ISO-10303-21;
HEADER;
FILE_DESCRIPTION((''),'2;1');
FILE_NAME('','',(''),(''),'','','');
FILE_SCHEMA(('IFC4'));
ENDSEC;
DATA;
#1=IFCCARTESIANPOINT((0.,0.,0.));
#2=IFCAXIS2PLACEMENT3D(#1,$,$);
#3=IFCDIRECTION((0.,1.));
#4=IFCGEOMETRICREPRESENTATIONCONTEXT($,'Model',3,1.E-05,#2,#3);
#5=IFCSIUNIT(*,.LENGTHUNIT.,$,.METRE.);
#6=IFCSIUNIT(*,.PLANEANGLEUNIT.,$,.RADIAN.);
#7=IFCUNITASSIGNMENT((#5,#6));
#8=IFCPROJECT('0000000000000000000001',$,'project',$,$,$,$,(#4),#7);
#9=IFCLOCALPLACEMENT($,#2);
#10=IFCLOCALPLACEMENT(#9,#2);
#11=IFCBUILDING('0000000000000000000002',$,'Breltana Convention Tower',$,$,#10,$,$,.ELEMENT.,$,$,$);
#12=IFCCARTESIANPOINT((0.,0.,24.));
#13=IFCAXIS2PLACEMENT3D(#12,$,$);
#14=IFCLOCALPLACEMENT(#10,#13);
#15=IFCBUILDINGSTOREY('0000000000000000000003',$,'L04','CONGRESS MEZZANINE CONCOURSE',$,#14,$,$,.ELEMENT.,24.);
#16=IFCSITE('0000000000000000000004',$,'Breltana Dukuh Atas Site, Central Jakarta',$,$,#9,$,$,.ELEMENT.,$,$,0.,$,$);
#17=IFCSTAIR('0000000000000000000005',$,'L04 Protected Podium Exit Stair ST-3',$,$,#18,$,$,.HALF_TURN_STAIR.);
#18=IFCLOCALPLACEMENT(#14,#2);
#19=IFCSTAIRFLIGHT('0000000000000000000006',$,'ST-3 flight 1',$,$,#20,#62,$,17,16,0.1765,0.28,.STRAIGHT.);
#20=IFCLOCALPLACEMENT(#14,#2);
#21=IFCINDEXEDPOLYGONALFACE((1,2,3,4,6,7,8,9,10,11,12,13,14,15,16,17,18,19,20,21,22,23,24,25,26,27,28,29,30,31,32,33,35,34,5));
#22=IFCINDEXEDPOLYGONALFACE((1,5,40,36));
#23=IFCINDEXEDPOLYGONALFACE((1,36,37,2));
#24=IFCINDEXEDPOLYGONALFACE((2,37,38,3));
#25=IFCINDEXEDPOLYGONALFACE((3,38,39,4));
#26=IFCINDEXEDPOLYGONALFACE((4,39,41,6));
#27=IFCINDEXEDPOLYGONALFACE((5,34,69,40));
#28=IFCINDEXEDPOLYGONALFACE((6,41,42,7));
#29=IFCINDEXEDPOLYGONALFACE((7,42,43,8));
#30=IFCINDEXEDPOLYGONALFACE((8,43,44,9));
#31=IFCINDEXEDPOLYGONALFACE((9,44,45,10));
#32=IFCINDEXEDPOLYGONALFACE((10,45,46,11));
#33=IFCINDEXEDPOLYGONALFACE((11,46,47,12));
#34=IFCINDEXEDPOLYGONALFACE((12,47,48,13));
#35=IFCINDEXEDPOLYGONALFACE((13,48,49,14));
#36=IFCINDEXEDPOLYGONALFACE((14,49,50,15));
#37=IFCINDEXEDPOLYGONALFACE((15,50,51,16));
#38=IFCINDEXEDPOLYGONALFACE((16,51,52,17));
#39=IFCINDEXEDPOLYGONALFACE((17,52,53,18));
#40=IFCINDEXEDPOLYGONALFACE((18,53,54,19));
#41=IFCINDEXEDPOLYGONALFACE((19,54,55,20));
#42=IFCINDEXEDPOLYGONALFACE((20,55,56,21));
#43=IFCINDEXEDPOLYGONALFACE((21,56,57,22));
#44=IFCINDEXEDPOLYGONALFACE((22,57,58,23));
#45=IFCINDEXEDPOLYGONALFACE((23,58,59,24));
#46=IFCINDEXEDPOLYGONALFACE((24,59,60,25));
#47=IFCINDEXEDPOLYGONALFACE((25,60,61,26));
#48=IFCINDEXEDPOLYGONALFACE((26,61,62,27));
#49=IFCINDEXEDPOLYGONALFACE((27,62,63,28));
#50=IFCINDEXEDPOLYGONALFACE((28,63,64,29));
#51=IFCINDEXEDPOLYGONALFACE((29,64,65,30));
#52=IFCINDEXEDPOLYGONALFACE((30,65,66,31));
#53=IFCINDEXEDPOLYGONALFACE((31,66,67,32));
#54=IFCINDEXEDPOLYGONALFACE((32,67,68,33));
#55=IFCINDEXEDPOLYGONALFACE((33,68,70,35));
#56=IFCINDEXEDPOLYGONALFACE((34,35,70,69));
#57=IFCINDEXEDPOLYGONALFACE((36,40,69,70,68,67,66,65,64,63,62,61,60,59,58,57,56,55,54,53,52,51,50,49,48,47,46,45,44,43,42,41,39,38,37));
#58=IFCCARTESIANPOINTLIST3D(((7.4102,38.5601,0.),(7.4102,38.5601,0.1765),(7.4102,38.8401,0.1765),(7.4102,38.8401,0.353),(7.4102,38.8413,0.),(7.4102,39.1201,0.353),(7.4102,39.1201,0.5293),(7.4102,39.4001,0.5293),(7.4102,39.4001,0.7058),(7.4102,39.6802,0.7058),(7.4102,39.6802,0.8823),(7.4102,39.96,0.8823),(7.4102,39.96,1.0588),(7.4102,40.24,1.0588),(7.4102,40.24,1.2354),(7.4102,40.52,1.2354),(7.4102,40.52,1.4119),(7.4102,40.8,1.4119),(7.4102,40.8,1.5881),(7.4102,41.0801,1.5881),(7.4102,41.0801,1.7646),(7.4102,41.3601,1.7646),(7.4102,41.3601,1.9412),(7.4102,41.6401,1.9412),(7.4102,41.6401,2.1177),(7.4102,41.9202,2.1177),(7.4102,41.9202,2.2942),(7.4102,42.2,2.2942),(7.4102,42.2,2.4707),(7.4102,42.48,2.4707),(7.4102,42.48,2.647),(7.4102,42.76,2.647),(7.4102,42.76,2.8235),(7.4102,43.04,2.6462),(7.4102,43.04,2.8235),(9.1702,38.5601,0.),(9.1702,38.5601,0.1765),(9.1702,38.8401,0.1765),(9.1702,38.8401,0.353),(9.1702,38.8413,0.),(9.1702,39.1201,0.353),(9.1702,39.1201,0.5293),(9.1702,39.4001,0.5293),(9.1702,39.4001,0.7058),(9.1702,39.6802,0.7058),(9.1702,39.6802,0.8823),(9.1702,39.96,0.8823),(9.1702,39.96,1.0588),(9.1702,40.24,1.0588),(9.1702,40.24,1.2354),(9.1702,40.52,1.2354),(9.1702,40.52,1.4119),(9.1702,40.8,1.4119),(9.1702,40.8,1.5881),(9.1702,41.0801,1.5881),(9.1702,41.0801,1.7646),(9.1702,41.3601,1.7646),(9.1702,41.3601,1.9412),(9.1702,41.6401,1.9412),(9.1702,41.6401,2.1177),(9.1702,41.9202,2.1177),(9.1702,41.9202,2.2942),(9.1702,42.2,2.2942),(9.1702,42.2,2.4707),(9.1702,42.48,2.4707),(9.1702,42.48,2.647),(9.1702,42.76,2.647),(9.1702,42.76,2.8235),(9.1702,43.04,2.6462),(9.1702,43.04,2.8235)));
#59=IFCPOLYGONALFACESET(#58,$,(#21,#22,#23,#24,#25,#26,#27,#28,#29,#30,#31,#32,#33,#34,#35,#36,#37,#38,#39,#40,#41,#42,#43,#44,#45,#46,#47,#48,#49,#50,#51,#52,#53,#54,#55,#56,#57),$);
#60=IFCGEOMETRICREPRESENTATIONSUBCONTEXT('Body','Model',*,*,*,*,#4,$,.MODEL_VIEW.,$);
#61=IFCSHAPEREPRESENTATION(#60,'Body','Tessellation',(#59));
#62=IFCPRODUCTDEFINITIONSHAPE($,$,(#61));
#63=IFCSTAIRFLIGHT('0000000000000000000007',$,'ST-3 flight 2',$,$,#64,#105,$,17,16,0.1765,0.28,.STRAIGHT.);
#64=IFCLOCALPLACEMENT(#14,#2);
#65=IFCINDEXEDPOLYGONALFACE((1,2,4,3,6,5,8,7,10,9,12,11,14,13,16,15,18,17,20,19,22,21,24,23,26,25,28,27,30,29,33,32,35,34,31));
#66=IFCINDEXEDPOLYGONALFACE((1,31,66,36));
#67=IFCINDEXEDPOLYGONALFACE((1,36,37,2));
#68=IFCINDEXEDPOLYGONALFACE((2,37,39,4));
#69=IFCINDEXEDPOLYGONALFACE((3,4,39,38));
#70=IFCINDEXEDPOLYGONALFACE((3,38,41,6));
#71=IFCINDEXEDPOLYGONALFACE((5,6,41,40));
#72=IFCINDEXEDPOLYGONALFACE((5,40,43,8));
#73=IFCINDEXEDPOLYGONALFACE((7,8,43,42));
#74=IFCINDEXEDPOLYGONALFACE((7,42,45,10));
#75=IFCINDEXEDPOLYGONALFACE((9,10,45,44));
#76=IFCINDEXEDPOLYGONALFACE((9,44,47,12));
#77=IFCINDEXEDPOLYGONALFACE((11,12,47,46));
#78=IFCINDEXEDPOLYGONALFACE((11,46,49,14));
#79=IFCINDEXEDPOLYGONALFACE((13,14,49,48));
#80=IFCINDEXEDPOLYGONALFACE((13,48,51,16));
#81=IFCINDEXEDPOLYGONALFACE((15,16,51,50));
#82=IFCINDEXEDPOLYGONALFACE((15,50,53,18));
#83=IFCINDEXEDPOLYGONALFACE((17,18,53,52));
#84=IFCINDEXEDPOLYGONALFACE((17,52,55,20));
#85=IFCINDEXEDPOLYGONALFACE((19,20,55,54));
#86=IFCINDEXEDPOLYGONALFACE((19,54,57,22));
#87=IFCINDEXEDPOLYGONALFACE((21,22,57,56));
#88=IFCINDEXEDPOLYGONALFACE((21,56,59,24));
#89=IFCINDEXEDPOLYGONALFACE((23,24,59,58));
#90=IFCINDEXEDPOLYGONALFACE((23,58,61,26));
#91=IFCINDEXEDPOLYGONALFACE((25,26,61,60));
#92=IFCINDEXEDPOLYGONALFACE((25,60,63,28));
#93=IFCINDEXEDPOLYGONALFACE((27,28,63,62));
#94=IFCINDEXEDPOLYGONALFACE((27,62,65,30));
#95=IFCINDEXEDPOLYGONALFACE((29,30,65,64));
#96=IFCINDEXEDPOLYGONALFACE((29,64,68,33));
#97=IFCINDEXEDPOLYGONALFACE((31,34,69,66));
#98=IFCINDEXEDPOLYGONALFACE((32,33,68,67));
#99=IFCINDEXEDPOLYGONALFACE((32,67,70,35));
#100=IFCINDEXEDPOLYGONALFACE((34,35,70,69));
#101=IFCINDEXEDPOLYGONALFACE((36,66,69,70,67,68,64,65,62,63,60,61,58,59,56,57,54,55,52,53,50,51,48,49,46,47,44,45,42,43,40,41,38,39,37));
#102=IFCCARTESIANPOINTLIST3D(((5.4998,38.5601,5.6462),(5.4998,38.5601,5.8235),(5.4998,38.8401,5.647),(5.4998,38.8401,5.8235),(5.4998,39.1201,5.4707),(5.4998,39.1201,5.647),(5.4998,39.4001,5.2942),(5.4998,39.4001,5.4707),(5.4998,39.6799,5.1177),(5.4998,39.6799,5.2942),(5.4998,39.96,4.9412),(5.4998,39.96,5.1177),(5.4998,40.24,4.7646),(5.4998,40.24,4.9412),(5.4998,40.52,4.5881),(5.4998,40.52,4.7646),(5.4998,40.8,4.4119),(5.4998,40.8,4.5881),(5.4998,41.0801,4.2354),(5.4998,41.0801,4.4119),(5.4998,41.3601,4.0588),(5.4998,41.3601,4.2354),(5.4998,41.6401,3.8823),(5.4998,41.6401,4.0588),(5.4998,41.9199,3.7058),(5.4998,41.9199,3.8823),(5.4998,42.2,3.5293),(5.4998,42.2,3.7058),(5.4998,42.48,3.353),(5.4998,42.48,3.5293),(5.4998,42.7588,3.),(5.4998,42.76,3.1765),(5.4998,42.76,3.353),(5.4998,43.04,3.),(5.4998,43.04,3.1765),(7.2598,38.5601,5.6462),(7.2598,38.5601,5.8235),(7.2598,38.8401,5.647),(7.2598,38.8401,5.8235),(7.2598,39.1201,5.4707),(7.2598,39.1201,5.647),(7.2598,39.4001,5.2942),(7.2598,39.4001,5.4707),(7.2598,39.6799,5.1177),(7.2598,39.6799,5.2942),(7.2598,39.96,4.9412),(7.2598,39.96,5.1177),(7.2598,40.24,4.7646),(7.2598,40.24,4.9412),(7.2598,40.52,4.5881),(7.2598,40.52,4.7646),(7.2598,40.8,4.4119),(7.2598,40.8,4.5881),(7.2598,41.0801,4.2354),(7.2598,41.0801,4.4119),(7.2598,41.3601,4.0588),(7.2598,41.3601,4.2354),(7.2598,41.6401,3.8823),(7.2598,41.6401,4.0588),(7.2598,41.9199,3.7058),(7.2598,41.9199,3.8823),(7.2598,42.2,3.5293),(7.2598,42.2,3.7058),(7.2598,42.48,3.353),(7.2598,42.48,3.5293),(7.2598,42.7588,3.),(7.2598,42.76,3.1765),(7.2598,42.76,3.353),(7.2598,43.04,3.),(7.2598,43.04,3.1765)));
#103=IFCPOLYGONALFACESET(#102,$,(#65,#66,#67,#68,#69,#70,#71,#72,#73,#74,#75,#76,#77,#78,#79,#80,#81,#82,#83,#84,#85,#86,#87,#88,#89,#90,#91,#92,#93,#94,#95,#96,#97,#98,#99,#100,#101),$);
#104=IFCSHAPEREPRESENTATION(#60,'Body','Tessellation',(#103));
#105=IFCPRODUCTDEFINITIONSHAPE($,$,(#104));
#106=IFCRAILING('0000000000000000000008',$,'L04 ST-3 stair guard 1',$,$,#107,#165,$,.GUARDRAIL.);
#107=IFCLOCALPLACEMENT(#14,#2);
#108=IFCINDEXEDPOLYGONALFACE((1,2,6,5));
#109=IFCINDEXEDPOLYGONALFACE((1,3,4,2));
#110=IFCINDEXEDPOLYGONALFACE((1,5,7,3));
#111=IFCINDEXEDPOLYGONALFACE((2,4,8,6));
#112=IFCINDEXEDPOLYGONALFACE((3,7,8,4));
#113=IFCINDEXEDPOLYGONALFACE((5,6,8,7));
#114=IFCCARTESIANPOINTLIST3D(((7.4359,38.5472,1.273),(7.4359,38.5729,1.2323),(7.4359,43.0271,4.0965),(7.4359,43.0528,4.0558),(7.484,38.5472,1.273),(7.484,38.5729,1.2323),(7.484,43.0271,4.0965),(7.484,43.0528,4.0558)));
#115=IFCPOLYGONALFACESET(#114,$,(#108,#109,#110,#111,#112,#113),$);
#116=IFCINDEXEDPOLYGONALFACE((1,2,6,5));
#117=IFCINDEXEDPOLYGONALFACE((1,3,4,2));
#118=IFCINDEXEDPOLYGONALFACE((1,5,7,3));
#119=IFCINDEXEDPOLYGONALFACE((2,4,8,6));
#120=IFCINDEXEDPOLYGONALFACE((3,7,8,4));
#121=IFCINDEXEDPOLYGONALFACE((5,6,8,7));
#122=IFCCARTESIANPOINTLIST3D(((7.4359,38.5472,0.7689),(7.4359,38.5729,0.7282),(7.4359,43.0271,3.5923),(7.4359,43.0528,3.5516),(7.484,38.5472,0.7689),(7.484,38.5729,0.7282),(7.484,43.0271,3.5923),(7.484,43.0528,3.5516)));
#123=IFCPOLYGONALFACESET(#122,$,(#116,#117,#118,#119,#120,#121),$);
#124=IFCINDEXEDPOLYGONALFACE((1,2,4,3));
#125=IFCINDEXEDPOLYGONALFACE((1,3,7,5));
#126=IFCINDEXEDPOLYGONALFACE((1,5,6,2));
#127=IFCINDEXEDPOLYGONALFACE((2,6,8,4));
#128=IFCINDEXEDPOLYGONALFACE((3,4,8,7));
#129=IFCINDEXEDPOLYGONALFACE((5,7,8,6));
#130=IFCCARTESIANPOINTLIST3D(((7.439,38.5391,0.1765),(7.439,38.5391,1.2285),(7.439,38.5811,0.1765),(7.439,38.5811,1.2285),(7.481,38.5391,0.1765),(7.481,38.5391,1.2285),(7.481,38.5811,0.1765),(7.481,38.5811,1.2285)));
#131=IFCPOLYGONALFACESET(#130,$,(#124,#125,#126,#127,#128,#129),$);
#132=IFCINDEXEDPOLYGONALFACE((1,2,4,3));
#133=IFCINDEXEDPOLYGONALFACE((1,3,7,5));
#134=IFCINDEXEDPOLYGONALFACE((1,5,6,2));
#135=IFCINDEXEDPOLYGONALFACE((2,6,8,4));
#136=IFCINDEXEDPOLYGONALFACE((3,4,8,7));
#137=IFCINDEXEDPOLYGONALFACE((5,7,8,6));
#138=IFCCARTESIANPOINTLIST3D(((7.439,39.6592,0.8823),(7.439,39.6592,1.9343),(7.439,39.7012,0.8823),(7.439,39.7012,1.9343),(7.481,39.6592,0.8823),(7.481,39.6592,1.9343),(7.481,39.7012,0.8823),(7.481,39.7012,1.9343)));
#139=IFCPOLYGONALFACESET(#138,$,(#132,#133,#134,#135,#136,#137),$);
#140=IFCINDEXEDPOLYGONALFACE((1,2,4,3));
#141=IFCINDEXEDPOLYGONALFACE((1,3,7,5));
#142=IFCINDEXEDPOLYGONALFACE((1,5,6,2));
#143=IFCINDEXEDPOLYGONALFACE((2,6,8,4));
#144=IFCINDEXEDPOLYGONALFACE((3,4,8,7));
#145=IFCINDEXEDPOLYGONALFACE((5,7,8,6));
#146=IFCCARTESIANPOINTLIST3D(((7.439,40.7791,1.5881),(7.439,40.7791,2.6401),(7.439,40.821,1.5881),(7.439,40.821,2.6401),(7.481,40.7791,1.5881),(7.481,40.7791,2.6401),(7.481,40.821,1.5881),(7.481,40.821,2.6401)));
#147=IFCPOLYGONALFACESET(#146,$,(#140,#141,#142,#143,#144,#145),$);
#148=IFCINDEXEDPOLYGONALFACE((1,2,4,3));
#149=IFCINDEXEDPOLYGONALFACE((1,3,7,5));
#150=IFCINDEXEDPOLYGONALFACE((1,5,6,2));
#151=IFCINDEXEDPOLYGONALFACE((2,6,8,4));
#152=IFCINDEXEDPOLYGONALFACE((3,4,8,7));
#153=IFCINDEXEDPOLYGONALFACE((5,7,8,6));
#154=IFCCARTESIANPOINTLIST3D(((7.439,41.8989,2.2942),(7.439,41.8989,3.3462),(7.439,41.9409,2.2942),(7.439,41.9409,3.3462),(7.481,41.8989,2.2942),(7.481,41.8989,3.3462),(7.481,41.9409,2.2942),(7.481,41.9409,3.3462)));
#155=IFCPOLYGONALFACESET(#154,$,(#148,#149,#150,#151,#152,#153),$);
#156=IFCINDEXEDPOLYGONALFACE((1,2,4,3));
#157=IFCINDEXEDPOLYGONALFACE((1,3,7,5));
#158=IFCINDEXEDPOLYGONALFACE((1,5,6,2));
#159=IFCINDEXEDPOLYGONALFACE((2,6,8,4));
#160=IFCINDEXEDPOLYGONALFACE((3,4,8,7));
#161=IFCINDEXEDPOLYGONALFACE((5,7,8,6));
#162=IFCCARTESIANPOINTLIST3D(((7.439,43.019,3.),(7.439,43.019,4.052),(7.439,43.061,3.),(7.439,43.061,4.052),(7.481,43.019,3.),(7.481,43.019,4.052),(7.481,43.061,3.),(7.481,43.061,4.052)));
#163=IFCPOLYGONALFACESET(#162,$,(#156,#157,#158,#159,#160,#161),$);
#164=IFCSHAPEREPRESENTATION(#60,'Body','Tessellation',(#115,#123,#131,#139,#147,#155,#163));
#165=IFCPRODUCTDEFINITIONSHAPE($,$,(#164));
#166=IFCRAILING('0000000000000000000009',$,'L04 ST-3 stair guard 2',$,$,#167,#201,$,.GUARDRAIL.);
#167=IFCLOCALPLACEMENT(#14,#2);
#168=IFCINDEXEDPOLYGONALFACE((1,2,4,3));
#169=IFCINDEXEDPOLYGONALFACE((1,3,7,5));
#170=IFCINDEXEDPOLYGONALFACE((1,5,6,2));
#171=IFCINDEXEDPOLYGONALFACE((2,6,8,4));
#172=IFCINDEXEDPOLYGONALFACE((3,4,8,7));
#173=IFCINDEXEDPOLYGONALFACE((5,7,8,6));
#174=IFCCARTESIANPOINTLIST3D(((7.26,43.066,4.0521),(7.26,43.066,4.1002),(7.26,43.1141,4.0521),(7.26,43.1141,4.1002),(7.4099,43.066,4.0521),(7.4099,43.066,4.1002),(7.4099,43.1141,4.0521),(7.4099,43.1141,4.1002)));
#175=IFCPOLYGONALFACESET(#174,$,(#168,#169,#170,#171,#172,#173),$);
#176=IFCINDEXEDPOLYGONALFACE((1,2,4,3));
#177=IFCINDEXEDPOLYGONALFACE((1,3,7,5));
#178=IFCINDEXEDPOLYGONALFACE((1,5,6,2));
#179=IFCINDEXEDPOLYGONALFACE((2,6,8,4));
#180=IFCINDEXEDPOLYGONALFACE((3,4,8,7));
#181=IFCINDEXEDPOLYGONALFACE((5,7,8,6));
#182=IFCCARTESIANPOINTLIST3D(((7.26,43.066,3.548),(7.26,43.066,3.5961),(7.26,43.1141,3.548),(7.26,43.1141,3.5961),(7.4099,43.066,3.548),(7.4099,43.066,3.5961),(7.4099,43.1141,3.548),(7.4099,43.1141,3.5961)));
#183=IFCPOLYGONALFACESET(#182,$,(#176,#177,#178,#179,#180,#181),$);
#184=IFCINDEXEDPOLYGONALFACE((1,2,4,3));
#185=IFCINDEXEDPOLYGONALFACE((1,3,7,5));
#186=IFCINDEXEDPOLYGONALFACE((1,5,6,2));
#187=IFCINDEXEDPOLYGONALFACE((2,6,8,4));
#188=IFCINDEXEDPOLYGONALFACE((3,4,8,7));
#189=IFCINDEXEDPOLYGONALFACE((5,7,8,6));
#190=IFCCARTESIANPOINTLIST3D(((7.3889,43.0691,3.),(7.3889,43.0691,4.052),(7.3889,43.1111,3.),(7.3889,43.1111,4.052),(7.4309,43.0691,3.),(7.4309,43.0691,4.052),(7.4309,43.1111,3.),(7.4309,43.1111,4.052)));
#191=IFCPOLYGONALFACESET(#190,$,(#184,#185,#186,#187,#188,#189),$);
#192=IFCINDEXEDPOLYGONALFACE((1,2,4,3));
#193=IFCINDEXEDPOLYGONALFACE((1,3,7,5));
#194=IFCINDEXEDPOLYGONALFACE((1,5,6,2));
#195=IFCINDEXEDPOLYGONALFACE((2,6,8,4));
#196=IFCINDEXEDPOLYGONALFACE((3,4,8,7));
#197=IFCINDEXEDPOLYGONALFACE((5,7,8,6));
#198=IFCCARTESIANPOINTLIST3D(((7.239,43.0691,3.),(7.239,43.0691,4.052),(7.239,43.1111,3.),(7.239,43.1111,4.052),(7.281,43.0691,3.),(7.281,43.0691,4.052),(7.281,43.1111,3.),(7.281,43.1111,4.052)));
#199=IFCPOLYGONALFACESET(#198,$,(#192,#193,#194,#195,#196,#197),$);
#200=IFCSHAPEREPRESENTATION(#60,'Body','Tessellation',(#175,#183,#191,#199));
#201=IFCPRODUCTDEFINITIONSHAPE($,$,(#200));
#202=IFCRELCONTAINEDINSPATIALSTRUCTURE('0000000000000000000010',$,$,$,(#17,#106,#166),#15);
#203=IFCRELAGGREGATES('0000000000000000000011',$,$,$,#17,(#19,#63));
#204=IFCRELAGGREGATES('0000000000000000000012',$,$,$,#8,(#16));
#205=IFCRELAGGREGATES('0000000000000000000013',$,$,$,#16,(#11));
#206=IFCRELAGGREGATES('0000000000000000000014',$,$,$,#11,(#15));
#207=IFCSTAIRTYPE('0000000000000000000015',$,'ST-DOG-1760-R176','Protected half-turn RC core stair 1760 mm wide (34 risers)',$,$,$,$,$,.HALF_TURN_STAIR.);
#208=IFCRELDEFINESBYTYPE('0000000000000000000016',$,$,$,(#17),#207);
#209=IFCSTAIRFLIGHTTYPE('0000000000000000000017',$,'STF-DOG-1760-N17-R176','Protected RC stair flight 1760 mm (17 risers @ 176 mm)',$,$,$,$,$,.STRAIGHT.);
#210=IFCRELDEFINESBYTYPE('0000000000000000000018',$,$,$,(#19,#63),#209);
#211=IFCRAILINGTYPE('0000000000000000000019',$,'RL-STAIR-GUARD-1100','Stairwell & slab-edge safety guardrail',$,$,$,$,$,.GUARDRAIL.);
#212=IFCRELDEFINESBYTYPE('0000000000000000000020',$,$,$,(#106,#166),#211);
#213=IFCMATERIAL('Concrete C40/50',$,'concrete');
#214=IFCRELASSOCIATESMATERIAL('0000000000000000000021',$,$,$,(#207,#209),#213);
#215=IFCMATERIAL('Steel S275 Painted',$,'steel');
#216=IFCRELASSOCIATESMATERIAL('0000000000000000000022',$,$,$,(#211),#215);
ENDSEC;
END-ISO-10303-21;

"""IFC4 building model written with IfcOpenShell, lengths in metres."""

from ifc_helpers import new_model, si_unit, direction, frame, origin, origin_2d, place, context, subcontext, project, spatial, polyline, rectangle, outline, extrude, material, type_object, element, aggregate, save


model = new_model("IFC4")

# Units and contexts
model_context = context("Model", 3, precision=1e-05, world=origin(), true_north=direction((0.0, 1.0)))
body_context = subcontext(model_context, "Body", "Model", "MODEL_VIEW")
ifc_project = project(units=[si_unit("LENGTHUNIT", "METRE"), si_unit("PLANEANGLEUNIT", "RADIAN")], contexts=[model_context])

# Site, building, storey
site_placement = place(None, origin())
site = spatial("IfcSite", under=ifc_project, at=site_placement, Name="Breltana Dukuh Atas Site, Central Jakarta", CompositionType="ELEMENT", RefElevation=0.0)
building_placement = place(site_placement, origin())
building = spatial("IfcBuilding", under=site, at=building_placement, Name="Breltana Convention Tower", CompositionType="ELEMENT")
storey_placement = place(building_placement, frame((0.0, 0.0, 24.0)))
storey = spatial("IfcBuildingStorey", under=building, at=storey_placement, Name="L04", Description="CONGRESS MEZZANINE CONCOURSE", CompositionType="ELEMENT", Elevation=24.0)

# Shared definitions
ifc_material_1 = material(Name="Concrete C40/50", Category="concrete")

# Stair, stair flights
stair_type = type_object("IfcStairType", Name="ST-DOG-1760-R176", Description="Protected half-turn RC core stair 1760 mm wide (34 risers)", PredefinedType="HALF_TURN_STAIR", material=ifc_material_1)
stair_placement = place(storey_placement, origin())
stair = element("IfcStair", 1, at=stair_placement, inside=storey, type_object=stair_type, Name="L04 Protected Podium Exit Stair ST-3", PredefinedType="HALF_TURN_STAIR")
stair_flight_type = type_object("IfcStairFlightType", Name="STF-DOG-1760-N17-R176", Description="Protected RC stair flight 1760 mm (17 risers @ 176 mm)", PredefinedType="STRAIGHT", material=ifc_material_1)
stair_flight_1_placement = place(storey_placement, frame((8.29, 38.5601, 0.0), z_axis=(0.0, 0.0, 1.0), x_axis=(0.0, 1.0, 0.0)))
stair_flight_1 = element("IfcStairFlight", 2, at=stair_flight_1_placement, type_object=stair_flight_type, Name="ST-3 flight 1", NumberOfRisers=17, NumberOfTreads=16, PredefinedType="STRAIGHT", RiserHeight=0.1765, TreadLength=0.28, context=body_context, shape_type="SweptSolid", body=[
    extrude(outline(polyline([(0.0, 0.0), (0.0, 0.1765), (0.28, 0.1765), (0.28, 0.353), (0.5601, 0.353), (0.5601, 0.5293), (0.8401, 0.5293), (0.8401, 0.7058), (1.1201, 0.7058), (1.1201, 0.8823), (1.3999, 0.8823), (1.3999, 1.0588), (1.6799, 1.0588), (1.6799, 1.2354), (1.96, 1.2354), (1.96, 1.4119), (2.24, 1.4119), (2.24, 1.5881), (2.52, 1.5881), (2.52, 1.7646), (2.8, 1.7646), (2.8, 1.9412), (3.0801, 1.9412), (3.0801, 2.1177), (3.3601, 2.1177), (3.3601, 2.2942), (3.6399, 2.2942), (3.6399, 2.4707), (3.9199, 2.4707), (3.9199, 2.647), (4.2, 2.647), (4.2, 2.8235), (4.48, 2.8235), (4.48, 3.0), (4.48, 2.6462), (0.2812, 0.0), (0.0, 0.0)])), frame((0.0, 0.8799, 0.0), z_axis=(0.0, -1.0, 0.0), x_axis=(1.0, 0.0, 0.0)), (0.0, 0.0, 1.0), 1.76),
])
stair_flight_2_placement = place(storey_placement, frame((6.3799, 43.04, 3.0), z_axis=(0.0, 0.0, 1.0), x_axis=(0.0, -1.0, 0.0)))
stair_flight_2 = element("IfcStairFlight", 3, at=stair_flight_2_placement, type_object=stair_flight_type, Name="ST-3 flight 2", NumberOfRisers=17, NumberOfTreads=16, PredefinedType="STRAIGHT", RiserHeight=0.1765, TreadLength=0.28, context=body_context, shape_type="SweptSolid", body=[
    extrude(outline(polyline([(0.0, 0.0), (0.0, 0.1765), (0.28, 0.1765), (0.28, 0.353), (0.5601, 0.353), (0.5601, 0.5293), (0.8401, 0.5293), (0.8401, 0.7058), (1.1201, 0.7058), (1.1201, 0.8823), (1.3999, 0.8823), (1.3999, 1.0588), (1.6799, 1.0588), (1.6799, 1.2354), (1.96, 1.2354), (1.96, 1.4119), (2.24, 1.4119), (2.24, 1.5881), (2.52, 1.5881), (2.52, 1.7646), (2.8, 1.7646), (2.8, 1.9412), (3.0801, 1.9412), (3.0801, 2.1177), (3.3601, 2.1177), (3.3601, 2.2942), (3.6399, 2.2942), (3.6399, 2.4707), (3.9199, 2.4707), (3.9199, 2.647), (4.2, 2.647), (4.2, 2.8235), (4.48, 2.8235), (4.48, 3.0), (4.48, 2.6462), (0.2812, 0.0), (0.0, 0.0)])), frame((0.0, 0.8799, 0.0), z_axis=(0.0, -1.0, 0.0), x_axis=(1.0, 0.0, 0.0)), (0.0, 0.0, 1.0), 1.76),
])
aggregate(stair, [stair_flight_1, stair_flight_2])

# Railings
ifc_material_2 = material(Name="Steel S275 Painted", Category="steel")
railing_type_1 = type_object("IfcRailingType", Name="RL-STAIR-GUARD-1100", Description="Stairwell & slab-edge safety guardrail", PredefinedType="GUARDRAIL", material=ifc_material_2)
railing_1_placement = place(storey_placement, frame((7.46, 38.5601, 0.1765)))
element("IfcRailing", 4, at=railing_1_placement, inside=storey, type_object=railing_type_1, Name="L04 ST-3 stair guard 1", PredefinedType="GUARDRAIL", context=body_context, shape_type="SweptSolid", body=[
    extrude(rectangle(XDim=0.0481, YDim=0.0481, at=origin_2d()), frame((0.0, 0.0, 1.0762), z_axis=(0.0, 0.845998, 0.533186), x_axis=(-1.0, 0.0, 0.0)), (0.0, 0.0, 1.0), 5.2954),
    extrude(rectangle(XDim=0.0481, YDim=0.0481, at=origin_2d()), frame((0.0, 0.0, 0.572), z_axis=(0.0, 0.845998, 0.533186), x_axis=(-1.0, 0.0, 0.0)), (0.0, 0.0, 1.0), 5.2954),
    extrude(rectangle(XDim=0.042, YDim=0.042, at=origin_2d()), origin(), (0.0, 0.0, 1.0), 1.052),
    extrude(rectangle(XDim=0.042, YDim=0.042, at=origin_2d()), frame((0.0, 1.1201, 0.7058)), (0.0, 0.0, 1.0), 1.052),
    extrude(rectangle(XDim=0.042, YDim=0.042, at=origin_2d()), frame((0.0, 2.24, 1.4116)), (0.0, 0.0, 1.0), 1.052),
    extrude(rectangle(XDim=0.042, YDim=0.042, at=origin_2d()), frame((0.0, 3.3599, 2.1177)), (0.0, 0.0, 1.0), 1.052),
    extrude(rectangle(XDim=0.042, YDim=0.042, at=origin_2d()), frame((0.0, 4.48, 2.8235)), (0.0, 0.0, 1.0), 1.052),
])
railing_2_placement = place(storey_placement, frame((7.4099, 43.0901, 3.0)))
element("IfcRailing", 5, at=railing_2_placement, inside=storey, type_object=railing_type_1, Name="L04 ST-3 stair guard 2", PredefinedType="GUARDRAIL", context=body_context, shape_type="SweptSolid", body=[
    extrude(rectangle(XDim=0.0481, YDim=0.0481, at=origin_2d()), frame((0.0, 0.0, 1.0762), z_axis=(-1.0, 0.0, 0.0), x_axis=(0.0, -1.0, 0.0)), (0.0, 0.0, 1.0), 0.1499),
    extrude(rectangle(XDim=0.0481, YDim=0.0481, at=origin_2d()), frame((0.0, 0.0, 0.572), z_axis=(-1.0, 0.0, 0.0), x_axis=(0.0, -1.0, 0.0)), (0.0, 0.0, 1.0), 0.1499),
    extrude(rectangle(XDim=0.042, YDim=0.042, at=origin_2d()), origin(), (0.0, 0.0, 1.0), 1.052),
    extrude(rectangle(XDim=0.042, YDim=0.042, at=origin_2d()), frame((-0.1499, 0.0, 0.0)), (0.0, 0.0, 1.0), 1.052),
])

save(model, "model.ifc")
